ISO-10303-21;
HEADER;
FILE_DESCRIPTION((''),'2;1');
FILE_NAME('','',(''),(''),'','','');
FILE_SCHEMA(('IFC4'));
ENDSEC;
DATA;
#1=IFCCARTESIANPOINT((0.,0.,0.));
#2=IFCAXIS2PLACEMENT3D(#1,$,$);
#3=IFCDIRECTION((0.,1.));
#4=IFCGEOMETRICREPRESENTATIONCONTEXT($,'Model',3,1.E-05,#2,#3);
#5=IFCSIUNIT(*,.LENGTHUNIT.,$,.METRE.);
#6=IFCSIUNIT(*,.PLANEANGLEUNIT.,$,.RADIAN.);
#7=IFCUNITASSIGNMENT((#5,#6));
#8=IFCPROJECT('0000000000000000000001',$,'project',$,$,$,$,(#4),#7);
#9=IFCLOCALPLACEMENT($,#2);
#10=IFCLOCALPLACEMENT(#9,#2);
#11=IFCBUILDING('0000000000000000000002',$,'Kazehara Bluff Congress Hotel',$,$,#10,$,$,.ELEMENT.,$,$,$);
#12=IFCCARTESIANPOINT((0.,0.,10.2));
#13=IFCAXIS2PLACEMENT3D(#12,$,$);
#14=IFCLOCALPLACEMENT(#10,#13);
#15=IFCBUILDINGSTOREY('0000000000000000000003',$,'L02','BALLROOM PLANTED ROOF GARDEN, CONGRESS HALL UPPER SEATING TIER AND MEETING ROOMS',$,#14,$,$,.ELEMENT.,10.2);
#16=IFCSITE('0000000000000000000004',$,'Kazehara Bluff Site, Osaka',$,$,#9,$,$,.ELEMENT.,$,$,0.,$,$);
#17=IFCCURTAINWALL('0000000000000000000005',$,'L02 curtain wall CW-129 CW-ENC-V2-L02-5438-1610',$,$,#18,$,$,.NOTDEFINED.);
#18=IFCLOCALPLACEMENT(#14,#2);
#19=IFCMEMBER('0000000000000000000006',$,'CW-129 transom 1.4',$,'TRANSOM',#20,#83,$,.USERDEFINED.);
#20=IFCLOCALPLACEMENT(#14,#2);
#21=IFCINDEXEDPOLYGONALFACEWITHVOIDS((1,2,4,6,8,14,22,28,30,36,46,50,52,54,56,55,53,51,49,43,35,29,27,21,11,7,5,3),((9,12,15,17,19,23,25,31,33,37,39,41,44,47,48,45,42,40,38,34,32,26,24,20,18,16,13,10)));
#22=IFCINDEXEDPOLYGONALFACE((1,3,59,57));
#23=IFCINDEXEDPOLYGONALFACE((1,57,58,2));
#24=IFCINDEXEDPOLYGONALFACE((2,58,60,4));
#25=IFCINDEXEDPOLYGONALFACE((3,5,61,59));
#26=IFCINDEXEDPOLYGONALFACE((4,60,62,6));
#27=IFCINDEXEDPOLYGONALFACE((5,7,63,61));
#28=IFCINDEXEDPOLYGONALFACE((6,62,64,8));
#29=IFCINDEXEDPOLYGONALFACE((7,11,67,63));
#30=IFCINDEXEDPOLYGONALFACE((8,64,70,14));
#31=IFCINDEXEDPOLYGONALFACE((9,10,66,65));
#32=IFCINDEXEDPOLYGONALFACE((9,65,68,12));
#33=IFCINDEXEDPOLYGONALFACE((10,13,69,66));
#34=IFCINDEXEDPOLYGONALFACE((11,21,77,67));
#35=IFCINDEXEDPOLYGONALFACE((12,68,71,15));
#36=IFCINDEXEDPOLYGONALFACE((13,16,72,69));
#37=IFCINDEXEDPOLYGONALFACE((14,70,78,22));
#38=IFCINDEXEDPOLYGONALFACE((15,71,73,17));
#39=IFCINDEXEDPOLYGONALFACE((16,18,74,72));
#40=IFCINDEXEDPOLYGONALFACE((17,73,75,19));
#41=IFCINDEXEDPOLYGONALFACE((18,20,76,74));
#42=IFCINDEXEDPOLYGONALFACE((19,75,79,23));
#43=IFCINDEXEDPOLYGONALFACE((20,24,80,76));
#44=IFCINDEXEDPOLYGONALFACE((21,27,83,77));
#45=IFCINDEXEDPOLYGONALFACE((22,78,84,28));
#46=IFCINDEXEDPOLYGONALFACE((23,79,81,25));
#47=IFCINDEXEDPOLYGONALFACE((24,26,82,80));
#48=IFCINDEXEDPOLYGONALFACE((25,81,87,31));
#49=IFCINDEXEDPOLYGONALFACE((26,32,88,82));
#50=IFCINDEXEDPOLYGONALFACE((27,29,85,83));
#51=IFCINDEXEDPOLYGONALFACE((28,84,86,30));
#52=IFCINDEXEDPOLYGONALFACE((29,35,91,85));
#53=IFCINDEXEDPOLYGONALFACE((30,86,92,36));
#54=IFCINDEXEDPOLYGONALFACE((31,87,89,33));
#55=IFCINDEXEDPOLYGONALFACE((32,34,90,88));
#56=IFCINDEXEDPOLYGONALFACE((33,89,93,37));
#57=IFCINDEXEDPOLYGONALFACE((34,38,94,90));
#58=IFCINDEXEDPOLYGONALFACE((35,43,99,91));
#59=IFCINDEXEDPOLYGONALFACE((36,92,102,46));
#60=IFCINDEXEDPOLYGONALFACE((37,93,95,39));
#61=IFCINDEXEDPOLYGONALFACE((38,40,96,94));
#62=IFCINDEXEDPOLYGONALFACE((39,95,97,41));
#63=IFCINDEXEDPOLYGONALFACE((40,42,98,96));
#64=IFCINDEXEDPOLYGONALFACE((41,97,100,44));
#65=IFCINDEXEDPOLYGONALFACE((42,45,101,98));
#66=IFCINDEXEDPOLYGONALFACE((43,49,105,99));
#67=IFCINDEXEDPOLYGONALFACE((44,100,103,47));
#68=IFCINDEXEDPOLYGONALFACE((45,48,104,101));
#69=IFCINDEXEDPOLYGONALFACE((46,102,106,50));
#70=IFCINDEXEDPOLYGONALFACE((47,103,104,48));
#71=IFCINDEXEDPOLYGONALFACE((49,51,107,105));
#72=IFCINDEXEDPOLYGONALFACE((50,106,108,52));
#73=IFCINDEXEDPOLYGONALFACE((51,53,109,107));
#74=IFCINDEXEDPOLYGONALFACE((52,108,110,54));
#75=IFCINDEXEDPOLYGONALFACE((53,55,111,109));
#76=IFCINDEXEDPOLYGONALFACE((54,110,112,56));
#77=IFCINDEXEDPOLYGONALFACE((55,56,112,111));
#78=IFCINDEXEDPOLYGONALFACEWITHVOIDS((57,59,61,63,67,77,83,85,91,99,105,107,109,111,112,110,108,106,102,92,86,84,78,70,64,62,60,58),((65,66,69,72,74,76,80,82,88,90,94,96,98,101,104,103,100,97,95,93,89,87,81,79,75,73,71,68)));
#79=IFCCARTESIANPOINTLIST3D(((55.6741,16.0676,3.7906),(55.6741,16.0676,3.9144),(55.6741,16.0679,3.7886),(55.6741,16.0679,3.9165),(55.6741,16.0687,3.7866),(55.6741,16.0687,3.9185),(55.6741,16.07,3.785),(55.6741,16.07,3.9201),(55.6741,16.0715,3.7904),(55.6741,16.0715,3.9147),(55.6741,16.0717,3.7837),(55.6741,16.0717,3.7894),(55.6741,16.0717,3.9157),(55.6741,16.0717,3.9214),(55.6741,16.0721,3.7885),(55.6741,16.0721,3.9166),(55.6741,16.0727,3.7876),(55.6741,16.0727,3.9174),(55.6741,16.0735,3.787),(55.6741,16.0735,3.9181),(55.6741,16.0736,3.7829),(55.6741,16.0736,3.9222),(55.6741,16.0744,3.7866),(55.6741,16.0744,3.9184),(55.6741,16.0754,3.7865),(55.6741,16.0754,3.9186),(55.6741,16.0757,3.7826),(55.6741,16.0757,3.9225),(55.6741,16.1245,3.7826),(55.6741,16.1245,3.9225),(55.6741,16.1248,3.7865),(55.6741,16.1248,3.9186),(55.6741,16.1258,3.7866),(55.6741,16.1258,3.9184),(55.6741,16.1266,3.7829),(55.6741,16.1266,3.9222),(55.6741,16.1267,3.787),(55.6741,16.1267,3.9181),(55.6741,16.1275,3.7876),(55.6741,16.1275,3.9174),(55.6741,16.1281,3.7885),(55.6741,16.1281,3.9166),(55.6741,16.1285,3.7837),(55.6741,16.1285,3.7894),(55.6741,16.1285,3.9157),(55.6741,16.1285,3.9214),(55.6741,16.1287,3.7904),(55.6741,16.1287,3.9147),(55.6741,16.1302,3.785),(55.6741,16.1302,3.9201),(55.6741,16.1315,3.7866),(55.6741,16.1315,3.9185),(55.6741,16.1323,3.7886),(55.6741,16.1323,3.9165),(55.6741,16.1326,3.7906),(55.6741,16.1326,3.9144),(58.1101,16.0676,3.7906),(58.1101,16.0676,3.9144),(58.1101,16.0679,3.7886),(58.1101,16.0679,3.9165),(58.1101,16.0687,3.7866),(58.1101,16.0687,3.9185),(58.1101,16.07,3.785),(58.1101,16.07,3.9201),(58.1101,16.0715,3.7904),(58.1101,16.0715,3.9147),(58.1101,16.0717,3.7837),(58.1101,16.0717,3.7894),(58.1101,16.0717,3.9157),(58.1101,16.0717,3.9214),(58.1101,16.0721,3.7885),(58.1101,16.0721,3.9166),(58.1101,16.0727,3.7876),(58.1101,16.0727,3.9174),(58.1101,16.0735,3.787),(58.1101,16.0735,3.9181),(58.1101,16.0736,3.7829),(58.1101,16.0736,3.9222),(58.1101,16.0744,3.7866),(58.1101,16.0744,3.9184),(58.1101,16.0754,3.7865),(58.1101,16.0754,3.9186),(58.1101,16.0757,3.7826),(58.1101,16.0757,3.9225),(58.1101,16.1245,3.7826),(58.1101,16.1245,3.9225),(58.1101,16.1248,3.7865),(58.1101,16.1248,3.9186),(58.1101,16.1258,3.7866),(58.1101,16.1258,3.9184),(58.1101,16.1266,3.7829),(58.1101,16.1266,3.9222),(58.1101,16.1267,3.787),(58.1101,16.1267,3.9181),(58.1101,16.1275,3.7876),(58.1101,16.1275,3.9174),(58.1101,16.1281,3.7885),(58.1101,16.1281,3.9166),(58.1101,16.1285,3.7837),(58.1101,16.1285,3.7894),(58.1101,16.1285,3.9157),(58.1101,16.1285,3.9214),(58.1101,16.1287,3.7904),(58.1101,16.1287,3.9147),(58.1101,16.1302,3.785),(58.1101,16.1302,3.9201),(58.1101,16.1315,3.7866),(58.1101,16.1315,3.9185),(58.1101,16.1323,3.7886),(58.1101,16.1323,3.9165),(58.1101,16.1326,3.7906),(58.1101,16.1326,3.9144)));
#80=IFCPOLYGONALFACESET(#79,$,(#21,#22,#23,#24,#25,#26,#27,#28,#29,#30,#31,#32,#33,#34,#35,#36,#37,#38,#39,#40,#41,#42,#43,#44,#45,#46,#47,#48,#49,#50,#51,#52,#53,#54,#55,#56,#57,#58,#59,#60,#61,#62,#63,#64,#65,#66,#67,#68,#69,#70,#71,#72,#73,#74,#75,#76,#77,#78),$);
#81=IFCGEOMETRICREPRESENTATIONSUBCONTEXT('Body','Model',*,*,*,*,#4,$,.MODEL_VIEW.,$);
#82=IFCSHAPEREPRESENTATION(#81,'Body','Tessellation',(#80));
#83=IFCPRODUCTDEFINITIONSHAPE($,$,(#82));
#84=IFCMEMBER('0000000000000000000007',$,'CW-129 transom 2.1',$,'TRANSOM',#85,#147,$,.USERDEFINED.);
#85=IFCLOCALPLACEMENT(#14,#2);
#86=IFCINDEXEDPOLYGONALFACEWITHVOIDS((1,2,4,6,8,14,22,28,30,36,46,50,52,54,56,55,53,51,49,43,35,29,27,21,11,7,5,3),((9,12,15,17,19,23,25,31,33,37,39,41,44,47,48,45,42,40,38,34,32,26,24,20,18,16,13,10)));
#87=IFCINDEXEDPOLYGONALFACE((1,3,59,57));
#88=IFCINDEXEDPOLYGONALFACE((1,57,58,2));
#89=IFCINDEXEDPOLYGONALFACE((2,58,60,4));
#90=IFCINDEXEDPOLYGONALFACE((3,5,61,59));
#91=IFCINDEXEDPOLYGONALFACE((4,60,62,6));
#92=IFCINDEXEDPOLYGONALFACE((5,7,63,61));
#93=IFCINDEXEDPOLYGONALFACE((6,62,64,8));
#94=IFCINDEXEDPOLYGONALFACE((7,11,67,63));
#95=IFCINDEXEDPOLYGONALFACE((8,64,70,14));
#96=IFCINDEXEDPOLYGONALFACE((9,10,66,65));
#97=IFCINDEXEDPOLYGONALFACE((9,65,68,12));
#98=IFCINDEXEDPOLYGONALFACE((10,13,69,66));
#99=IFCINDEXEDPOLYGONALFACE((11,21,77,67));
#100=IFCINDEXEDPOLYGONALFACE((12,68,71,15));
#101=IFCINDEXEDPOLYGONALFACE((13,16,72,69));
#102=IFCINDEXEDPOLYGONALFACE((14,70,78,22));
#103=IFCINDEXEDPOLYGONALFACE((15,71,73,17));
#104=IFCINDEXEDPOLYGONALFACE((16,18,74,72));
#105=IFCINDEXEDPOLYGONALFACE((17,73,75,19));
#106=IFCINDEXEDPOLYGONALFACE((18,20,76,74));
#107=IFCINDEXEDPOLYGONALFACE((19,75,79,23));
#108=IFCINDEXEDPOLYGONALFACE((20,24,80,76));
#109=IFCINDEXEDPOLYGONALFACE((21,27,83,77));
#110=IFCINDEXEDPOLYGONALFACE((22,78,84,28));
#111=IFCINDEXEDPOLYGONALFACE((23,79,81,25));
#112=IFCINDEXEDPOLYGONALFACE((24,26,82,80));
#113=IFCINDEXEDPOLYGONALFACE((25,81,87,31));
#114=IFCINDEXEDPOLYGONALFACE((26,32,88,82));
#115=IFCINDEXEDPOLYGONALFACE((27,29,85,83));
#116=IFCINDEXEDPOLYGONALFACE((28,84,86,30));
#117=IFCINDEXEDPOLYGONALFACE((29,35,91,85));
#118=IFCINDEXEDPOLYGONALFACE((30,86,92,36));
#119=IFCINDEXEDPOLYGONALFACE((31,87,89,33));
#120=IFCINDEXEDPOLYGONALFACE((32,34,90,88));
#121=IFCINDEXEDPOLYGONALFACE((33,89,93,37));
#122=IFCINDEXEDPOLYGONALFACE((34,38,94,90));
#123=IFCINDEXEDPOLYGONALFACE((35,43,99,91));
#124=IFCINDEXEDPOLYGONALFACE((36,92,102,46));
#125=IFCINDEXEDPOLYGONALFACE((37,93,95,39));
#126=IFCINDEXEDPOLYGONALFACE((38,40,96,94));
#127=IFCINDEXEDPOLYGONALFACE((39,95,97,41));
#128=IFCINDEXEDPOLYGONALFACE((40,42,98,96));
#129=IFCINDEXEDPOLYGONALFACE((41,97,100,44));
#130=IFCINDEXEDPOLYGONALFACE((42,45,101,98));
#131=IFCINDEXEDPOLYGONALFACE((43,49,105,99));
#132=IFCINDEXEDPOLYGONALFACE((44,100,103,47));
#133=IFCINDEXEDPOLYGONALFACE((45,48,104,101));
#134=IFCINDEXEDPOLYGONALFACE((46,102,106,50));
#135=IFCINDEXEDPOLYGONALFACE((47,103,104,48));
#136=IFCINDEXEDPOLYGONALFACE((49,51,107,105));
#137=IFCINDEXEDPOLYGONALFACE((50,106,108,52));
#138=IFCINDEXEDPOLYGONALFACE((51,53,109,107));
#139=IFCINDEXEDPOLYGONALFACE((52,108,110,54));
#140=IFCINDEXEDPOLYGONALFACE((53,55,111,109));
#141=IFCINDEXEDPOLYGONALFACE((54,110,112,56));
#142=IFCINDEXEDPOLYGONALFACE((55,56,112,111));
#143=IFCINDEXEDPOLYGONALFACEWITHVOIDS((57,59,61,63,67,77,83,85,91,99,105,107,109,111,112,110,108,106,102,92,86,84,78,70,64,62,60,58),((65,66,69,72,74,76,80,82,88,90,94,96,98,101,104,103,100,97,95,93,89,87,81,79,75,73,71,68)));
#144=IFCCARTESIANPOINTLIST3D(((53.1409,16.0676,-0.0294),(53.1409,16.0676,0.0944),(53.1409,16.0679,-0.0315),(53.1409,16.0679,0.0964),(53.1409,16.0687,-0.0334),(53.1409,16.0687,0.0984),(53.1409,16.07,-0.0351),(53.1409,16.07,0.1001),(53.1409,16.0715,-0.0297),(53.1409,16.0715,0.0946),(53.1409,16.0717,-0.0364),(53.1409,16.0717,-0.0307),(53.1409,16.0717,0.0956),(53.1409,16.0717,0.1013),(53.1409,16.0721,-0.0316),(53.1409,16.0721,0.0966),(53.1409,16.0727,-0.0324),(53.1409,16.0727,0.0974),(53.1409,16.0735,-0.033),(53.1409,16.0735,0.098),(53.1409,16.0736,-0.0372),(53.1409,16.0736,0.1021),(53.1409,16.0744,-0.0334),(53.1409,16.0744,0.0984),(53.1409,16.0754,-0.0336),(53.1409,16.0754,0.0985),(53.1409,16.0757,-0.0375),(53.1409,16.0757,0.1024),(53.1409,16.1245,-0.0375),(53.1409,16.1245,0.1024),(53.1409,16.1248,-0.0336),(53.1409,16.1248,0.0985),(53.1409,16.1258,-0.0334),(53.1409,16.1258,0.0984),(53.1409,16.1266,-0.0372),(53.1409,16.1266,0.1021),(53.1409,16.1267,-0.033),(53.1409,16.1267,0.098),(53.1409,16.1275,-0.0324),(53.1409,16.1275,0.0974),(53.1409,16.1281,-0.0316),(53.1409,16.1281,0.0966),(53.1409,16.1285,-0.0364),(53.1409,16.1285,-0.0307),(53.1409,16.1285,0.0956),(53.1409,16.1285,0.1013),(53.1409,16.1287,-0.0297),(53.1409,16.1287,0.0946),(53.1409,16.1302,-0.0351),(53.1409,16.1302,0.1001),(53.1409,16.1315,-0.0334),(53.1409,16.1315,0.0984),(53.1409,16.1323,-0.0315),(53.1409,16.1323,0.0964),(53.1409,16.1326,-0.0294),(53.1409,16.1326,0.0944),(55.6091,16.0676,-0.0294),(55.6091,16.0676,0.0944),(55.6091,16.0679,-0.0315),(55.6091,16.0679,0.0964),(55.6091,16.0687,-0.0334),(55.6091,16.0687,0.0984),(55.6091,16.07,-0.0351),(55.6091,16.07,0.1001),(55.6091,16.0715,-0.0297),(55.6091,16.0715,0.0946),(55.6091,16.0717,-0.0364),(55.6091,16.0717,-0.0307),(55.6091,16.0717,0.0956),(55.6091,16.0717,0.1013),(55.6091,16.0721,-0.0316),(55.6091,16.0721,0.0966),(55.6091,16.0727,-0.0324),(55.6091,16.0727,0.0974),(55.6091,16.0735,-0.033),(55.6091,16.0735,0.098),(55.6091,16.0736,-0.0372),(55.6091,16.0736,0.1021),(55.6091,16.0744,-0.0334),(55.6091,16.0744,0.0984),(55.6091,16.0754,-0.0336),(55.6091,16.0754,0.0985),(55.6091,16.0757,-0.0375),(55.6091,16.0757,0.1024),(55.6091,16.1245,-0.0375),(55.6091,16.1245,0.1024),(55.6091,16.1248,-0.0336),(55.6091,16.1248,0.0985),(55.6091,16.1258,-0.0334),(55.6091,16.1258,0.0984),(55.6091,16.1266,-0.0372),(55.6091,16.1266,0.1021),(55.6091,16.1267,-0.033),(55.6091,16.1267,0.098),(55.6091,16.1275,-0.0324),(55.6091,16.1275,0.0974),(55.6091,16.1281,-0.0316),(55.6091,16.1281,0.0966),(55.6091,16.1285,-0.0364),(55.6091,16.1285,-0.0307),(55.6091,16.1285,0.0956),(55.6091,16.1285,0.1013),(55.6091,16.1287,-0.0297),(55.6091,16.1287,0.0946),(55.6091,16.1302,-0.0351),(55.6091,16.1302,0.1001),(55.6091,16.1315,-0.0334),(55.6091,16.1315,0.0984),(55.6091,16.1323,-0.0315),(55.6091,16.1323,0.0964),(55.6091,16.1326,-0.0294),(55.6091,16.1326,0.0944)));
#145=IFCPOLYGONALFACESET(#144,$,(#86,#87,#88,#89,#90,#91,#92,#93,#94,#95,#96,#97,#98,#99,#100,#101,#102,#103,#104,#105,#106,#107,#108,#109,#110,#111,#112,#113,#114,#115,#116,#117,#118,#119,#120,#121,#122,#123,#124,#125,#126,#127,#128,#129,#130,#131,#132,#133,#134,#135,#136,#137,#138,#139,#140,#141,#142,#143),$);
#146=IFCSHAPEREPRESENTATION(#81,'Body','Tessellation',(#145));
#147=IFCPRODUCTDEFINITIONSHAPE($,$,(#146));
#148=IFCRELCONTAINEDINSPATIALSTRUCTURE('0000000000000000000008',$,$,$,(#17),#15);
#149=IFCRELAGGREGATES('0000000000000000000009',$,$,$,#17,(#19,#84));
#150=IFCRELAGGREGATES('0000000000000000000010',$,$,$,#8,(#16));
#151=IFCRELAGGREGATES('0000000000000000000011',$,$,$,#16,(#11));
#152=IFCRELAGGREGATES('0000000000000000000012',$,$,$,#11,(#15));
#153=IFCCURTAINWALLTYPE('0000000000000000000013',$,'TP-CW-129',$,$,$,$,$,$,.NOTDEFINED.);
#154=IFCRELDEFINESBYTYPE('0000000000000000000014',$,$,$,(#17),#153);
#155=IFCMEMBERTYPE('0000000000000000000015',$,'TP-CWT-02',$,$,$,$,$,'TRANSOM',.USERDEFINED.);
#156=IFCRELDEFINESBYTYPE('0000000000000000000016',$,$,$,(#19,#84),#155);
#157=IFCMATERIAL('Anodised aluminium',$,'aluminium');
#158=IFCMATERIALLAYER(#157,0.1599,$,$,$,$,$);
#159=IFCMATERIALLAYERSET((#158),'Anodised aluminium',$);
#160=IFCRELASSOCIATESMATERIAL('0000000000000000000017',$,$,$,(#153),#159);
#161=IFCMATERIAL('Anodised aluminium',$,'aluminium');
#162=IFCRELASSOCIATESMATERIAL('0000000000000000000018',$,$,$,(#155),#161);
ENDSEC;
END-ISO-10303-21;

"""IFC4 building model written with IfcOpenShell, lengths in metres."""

from ifc_helpers import new_model, si_unit, direction, frame, origin, origin_2d, place, context, subcontext, project, spatial, hollow_rectangle, extrude, material, layer, layer_set, material_profile, profile_set, type_object, element, aggregate, save


model = new_model("IFC4")

# Units and contexts
model_context = context("Model", 3, precision=1e-05, world=origin(), true_north=direction((0.0, 1.0)))
body_context = subcontext(model_context, "Body", "Model", "MODEL_VIEW")
ifc_project = project(units=[si_unit("LENGTHUNIT", "METRE"), si_unit("PLANEANGLEUNIT", "RADIAN")], contexts=[model_context])

# Site, building, storey
site_placement = place(None, origin())
site = spatial("IfcSite", under=ifc_project, at=site_placement, Name="Kazehara Bluff Site, Osaka", CompositionType="ELEMENT", RefElevation=0.0)
building_placement = place(site_placement, origin())
building = spatial("IfcBuilding", under=site, at=building_placement, Name="Kazehara Bluff Congress Hotel", CompositionType="ELEMENT")
storey_placement = place(building_placement, frame((0.0, 0.0, 10.2)))
storey = spatial("IfcBuildingStorey", under=building, at=storey_placement, Name="L02", Description="BALLROOM PLANTED ROOF GARDEN, CONGRESS HALL UPPER SEATING TIER AND MEETING ROOMS", CompositionType="ELEMENT", Elevation=10.2)

# Curtain wall
ifc_material_1 = material(Name="Anodised aluminium", Category="aluminium")
ifc_layer_1 = layer(ifc_material_1, 0.1599)
ifc_layer_set_1 = layer_set([ifc_layer_1], Name="Anodised aluminium")
curtain_wall_type_1 = type_object("IfcCurtainWallType", Name="TP-CW-129", PredefinedType="NOTDEFINED", material=ifc_layer_set_1)
curtain_wall_1_placement = place(storey_placement, origin())
curtain_wall_1 = element("IfcCurtainWall", 1, at=curtain_wall_1_placement, inside=storey, type_object=curtain_wall_type_1, Name="L02 curtain wall CW-129 CW-ENC-V2-L02-5438-1610", PredefinedType="NOTDEFINED")

# Members
ifc_material_2 = material(Name="Anodised aluminium", Category="aluminium")
ifc_material_profile_1 = material_profile(ifc_material_2, hollow_rectangle(XDim=0.0649, YDim=0.1399, WallThickness=0.0039, InnerFilletRadius=0.0039, OuterFilletRadius=0.0081, at=origin_2d()))
ifc_profile_set_1 = profile_set([ifc_material_profile_1], Name="Anodised aluminium")
member_type_1 = type_object("IfcMemberType", Name="TP-CWT-02", ElementType="TRANSOM", PredefinedType="USERDEFINED", material=ifc_profile_set_1)
member_1_placement = place(storey_placement, frame((58.1101, 16.1001, 3.8525), z_axis=(-1.0, 0.0, 0.0), x_axis=(0.0, -1.0, 0.0)))
member_1 = element("IfcMember", 2, at=member_1_placement, type_object=member_type_1, Name="CW-129 transom 1.4", ObjectType="TRANSOM", PredefinedType="USERDEFINED", context=body_context, shape_type="SweptSolid", body=[
    extrude(hollow_rectangle(XDim=0.0649, YDim=0.1399, WallThickness=0.0039, InnerFilletRadius=0.0039, OuterFilletRadius=0.0081, at=origin_2d()), origin(), (0.0, 0.0, 1.0), 2.436),
])
member_2_placement = place(storey_placement, frame((55.6091, 16.1001, 0.0325), z_axis=(-1.0, 0.0, 0.0), x_axis=(0.0, -1.0, 0.0)))
member_2 = element("IfcMember", 3, at=member_2_placement, type_object=member_type_1, Name="CW-129 transom 2.1", ObjectType="TRANSOM", PredefinedType="USERDEFINED", context=body_context, shape_type="SweptSolid", body=[
    extrude(hollow_rectangle(XDim=0.0649, YDim=0.1399, WallThickness=0.0039, InnerFilletRadius=0.0039, OuterFilletRadius=0.0081, at=origin_2d()), origin(), (0.0, 0.0, 1.0), 2.4683),
])

aggregate(curtain_wall_1, [member_1, member_2])

save(model, "model.ifc")
